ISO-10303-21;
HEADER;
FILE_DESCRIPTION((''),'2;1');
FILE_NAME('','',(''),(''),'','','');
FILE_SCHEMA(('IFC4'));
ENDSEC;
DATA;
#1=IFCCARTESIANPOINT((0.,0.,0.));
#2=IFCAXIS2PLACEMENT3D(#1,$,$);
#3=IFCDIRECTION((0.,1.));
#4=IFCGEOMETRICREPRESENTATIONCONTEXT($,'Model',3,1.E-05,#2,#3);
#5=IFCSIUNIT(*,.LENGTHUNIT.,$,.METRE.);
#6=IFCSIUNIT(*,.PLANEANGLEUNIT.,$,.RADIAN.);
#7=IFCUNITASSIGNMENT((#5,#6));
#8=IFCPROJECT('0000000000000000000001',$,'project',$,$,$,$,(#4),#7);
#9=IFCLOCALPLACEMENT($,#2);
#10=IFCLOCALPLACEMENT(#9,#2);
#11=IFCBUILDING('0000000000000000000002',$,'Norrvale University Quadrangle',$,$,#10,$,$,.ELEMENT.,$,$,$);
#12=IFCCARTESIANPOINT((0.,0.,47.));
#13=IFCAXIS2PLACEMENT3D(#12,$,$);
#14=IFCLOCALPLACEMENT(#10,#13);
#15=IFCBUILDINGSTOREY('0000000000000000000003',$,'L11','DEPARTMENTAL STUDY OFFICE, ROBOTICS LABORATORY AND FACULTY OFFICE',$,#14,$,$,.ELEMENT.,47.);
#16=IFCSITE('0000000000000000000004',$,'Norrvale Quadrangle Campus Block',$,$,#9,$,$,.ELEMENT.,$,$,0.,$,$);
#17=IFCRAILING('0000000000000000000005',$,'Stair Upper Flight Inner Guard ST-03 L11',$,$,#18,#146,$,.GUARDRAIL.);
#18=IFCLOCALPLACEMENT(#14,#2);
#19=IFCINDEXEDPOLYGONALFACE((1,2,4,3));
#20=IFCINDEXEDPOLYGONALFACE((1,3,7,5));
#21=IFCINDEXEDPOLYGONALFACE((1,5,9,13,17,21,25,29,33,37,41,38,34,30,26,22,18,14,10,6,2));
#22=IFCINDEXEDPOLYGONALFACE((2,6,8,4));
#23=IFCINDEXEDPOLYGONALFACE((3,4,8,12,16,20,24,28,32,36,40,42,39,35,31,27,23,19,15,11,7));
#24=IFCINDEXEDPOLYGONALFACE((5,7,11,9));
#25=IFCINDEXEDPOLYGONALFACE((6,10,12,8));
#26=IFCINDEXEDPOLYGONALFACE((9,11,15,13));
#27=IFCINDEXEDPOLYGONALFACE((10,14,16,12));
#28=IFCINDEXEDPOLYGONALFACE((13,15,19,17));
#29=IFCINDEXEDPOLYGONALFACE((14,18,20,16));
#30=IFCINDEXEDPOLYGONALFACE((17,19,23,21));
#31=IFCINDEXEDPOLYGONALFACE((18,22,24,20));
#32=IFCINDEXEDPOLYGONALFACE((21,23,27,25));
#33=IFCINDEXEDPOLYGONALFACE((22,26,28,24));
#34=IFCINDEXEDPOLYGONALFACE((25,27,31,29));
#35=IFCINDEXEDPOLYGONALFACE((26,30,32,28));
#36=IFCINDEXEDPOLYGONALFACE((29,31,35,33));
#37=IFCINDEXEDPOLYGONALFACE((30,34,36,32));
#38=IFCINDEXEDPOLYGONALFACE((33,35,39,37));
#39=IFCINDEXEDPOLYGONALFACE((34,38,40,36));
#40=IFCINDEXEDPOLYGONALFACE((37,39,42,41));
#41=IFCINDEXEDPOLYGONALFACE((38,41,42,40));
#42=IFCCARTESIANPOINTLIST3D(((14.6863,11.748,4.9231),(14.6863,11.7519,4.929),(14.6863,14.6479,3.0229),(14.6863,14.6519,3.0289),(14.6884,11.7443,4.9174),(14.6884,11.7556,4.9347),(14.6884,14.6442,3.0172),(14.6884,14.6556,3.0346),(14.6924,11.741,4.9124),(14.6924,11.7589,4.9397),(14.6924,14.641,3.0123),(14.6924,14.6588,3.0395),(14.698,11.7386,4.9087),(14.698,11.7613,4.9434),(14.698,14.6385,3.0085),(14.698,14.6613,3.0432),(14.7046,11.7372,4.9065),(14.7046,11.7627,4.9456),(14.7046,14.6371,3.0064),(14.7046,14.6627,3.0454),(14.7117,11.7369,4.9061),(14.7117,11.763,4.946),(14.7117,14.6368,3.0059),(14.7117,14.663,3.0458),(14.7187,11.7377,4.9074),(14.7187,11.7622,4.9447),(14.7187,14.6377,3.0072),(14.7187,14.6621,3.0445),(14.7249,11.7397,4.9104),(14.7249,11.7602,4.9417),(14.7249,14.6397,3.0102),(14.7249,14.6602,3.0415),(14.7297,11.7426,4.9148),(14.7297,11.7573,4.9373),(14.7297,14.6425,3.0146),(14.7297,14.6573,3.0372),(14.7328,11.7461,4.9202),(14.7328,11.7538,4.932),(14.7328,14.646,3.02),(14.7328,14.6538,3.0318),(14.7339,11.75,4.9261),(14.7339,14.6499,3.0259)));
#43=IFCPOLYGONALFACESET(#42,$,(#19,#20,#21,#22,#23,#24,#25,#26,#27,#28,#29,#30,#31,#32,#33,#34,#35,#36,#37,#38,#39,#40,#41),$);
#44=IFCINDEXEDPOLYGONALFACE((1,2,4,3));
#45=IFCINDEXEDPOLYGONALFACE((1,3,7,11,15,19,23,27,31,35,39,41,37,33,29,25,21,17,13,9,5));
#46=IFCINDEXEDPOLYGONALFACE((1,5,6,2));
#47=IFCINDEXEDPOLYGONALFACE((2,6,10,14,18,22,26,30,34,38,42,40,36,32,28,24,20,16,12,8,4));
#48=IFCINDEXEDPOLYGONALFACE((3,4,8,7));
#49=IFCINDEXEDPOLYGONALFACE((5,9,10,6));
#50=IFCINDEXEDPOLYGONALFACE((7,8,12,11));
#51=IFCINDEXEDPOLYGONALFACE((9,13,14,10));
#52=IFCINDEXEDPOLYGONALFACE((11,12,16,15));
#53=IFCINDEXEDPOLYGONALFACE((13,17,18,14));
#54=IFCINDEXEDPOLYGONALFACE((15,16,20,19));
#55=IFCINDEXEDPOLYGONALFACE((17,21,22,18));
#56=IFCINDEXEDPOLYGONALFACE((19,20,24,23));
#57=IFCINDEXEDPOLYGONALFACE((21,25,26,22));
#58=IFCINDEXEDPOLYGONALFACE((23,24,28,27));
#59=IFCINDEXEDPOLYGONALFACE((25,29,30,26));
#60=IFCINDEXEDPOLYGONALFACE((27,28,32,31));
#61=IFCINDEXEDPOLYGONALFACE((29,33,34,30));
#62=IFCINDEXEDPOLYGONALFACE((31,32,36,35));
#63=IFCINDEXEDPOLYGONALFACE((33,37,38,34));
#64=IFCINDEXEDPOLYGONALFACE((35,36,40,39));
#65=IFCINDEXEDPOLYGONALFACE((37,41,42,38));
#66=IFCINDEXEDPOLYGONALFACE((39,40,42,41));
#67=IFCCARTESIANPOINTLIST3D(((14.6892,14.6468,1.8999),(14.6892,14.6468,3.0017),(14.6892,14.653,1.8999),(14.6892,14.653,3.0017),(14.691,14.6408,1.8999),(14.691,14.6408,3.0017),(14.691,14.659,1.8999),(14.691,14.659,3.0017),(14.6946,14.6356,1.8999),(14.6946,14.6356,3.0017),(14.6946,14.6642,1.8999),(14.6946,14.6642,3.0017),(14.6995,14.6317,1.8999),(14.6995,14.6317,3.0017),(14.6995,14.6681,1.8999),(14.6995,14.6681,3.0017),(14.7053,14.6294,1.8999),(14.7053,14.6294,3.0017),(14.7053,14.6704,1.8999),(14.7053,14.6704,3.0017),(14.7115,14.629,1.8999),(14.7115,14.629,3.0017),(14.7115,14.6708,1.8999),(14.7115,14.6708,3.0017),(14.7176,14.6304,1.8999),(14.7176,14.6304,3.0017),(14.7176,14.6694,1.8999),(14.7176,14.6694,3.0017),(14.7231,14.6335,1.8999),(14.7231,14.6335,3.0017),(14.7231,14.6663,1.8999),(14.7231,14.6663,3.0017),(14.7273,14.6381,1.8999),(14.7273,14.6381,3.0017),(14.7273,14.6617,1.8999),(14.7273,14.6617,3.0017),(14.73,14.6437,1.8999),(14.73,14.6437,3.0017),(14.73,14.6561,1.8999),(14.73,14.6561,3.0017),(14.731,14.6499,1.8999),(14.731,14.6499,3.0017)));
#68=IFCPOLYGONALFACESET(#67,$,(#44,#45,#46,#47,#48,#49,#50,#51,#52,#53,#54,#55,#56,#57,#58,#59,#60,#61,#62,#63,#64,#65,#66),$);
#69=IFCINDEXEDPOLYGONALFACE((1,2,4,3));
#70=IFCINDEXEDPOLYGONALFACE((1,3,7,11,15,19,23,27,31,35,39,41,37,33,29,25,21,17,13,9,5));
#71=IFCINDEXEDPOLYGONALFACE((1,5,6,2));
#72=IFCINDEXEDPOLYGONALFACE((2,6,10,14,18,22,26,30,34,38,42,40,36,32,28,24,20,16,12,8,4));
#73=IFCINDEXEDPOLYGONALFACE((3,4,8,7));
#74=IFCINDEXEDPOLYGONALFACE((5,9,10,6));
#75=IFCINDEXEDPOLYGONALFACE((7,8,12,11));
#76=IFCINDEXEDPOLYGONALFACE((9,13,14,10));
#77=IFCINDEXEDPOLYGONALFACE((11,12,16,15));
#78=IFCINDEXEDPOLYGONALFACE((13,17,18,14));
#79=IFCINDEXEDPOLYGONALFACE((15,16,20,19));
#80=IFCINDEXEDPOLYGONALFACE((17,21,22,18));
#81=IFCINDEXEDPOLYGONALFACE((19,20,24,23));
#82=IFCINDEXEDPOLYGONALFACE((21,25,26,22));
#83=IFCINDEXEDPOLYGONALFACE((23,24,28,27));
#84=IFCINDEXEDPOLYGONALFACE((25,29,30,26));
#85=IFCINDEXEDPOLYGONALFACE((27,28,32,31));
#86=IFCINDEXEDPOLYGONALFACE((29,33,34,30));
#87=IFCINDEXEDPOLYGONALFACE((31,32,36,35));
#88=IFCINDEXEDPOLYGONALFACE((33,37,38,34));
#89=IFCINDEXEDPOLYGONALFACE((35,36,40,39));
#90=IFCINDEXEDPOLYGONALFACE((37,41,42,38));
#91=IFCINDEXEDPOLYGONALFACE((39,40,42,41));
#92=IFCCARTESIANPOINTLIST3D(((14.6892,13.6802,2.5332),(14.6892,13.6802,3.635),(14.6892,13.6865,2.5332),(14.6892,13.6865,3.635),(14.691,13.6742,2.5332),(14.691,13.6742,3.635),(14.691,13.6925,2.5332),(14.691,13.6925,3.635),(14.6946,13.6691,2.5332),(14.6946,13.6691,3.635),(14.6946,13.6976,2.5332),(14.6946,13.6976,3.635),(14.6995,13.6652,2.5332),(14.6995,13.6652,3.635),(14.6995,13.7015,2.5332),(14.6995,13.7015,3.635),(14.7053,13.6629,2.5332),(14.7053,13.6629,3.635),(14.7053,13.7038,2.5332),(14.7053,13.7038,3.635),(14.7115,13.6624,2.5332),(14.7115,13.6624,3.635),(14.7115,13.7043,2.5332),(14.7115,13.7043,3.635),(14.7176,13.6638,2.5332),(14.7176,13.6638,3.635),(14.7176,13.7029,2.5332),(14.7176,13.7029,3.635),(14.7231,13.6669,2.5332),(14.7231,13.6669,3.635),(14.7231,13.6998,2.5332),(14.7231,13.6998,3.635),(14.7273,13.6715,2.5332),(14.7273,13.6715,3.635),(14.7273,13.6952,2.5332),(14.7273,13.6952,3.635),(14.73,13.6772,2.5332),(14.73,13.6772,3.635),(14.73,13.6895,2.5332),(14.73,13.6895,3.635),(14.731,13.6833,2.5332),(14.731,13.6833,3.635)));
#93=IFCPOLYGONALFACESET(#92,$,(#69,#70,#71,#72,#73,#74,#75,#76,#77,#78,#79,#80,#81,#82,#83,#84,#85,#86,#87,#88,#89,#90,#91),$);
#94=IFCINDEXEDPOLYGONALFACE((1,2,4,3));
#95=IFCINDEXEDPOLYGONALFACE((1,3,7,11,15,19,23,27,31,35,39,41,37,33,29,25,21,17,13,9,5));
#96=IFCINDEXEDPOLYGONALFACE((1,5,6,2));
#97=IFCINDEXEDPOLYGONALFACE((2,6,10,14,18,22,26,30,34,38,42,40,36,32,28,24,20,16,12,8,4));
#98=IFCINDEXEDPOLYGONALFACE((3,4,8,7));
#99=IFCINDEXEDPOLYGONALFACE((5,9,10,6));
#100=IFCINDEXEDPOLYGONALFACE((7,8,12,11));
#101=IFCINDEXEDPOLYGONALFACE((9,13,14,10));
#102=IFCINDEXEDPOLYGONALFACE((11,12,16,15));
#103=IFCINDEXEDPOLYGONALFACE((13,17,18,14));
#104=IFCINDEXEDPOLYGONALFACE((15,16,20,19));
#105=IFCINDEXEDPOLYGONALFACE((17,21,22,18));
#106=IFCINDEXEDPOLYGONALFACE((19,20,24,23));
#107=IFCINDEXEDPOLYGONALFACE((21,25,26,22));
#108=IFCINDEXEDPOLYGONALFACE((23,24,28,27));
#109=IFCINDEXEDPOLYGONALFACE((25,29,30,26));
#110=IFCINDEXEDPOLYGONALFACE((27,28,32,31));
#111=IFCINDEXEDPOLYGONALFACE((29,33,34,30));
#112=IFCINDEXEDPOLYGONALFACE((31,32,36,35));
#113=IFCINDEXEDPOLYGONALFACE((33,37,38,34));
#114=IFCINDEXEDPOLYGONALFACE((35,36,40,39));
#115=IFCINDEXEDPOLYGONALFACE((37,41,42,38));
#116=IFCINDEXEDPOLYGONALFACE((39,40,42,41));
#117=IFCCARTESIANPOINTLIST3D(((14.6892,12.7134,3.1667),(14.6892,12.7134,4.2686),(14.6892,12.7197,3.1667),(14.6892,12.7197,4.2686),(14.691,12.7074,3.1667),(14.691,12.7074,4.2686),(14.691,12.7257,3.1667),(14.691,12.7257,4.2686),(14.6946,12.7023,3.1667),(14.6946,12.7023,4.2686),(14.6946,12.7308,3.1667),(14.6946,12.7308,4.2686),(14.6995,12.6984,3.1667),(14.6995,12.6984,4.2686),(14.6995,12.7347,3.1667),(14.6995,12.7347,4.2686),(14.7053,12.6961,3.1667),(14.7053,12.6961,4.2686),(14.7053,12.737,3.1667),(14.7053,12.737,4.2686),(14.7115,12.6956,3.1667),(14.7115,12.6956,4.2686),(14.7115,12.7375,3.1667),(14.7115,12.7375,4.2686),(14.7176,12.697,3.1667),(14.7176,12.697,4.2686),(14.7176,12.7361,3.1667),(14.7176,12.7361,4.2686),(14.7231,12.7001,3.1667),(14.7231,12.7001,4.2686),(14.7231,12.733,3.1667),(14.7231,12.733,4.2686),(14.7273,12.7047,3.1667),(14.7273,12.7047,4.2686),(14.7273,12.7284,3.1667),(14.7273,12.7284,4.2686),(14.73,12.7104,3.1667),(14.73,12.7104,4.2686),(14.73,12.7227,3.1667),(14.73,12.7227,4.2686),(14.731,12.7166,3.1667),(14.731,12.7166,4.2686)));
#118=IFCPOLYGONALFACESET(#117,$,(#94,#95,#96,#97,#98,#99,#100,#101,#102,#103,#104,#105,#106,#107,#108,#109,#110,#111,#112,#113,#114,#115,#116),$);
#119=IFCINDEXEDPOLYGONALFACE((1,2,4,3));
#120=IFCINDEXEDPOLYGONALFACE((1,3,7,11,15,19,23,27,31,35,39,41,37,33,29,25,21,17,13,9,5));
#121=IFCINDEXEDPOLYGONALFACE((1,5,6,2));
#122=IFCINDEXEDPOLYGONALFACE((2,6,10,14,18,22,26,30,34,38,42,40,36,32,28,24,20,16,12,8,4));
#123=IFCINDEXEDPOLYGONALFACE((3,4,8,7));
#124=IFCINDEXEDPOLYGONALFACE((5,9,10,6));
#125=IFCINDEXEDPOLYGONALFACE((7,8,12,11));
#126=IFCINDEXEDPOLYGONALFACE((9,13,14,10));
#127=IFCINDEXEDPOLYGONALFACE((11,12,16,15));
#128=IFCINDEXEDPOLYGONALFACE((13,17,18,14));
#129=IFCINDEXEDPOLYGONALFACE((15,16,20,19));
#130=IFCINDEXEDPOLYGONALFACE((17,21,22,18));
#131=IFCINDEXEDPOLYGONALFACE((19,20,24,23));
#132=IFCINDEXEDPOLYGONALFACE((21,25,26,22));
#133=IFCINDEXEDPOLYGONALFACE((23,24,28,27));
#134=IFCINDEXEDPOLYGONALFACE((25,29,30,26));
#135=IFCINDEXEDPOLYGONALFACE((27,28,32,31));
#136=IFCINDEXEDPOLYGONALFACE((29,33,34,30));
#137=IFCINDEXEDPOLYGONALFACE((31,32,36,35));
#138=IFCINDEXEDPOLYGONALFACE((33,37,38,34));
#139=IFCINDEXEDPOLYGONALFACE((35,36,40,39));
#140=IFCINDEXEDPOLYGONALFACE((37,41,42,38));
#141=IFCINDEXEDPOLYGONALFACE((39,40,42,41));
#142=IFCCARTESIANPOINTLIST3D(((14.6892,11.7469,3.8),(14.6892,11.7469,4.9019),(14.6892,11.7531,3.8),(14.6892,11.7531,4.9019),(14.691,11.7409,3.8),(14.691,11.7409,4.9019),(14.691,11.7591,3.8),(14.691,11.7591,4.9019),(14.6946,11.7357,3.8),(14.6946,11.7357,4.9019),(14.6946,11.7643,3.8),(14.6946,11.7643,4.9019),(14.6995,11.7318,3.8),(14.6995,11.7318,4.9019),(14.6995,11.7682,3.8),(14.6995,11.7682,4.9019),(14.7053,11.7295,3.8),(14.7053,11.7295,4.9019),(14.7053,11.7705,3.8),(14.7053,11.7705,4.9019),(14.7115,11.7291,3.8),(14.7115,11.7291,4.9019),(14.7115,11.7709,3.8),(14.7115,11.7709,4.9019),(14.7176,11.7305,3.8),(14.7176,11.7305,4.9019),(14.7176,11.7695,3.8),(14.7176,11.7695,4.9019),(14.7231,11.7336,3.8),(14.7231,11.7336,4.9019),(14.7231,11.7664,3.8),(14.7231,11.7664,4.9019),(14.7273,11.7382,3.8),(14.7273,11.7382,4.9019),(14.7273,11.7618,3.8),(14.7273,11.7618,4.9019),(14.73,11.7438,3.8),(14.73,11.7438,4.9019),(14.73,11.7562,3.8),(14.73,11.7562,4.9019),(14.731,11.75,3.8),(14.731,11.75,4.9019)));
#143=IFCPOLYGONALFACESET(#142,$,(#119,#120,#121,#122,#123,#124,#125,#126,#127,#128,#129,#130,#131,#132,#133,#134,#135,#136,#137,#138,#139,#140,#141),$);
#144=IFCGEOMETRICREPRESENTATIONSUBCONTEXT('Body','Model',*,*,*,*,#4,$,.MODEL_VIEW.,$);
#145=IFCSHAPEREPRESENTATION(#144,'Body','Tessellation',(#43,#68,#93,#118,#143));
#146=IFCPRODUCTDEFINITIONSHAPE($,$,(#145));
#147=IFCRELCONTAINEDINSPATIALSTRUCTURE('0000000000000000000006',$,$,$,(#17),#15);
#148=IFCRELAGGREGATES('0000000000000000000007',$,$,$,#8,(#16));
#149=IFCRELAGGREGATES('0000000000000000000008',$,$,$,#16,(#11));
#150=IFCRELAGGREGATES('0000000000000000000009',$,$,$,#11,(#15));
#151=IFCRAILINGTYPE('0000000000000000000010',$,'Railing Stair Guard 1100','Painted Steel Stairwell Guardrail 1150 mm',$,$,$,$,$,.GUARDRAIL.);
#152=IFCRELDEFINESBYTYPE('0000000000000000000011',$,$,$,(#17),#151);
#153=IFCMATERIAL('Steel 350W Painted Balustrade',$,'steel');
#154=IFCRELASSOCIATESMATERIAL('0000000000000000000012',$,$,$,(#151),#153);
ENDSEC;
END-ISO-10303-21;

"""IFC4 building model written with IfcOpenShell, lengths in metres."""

from ifc_helpers import new_model, si_unit, direction, frame, origin, origin_2d, place, context, subcontext, project, spatial, circle, extrude, material, type_object, element, save


model = new_model("IFC4")

# Units and contexts
model_context = context("Model", 3, precision=1e-05, world=origin(), true_north=direction((0.0, 1.0)))
body_context = subcontext(model_context, "Body", "Model", "MODEL_VIEW")
ifc_project = project(units=[si_unit("LENGTHUNIT", "METRE"), si_unit("PLANEANGLEUNIT", "RADIAN")], contexts=[model_context])

# Site, building, storey
site_placement = place(None, origin())
site = spatial("IfcSite", under=ifc_project, at=site_placement, Name="Norrvale Quadrangle Campus Block", CompositionType="ELEMENT", RefElevation=0.0)
building_placement = place(site_placement, origin())
building = spatial("IfcBuilding", under=site, at=building_placement, Name="Norrvale University Quadrangle", CompositionType="ELEMENT")
storey_placement = place(building_placement, frame((0.0, 0.0, 47.0)))
storey = spatial("IfcBuildingStorey", under=building, at=storey_placement, Name="L11", Description="DEPARTMENTAL STUDY OFFICE, ROBOTICS LABORATORY AND FACULTY OFFICE", CompositionType="ELEMENT", Elevation=47.0)

# Railing
ifc_material_1 = material(Name="Steel 350W Painted Balustrade", Category="steel")
railing_type_1 = type_object("IfcRailingType", Name="Railing Stair Guard 1100", Description="Painted Steel Stairwell Guardrail 1150 mm", PredefinedType="GUARDRAIL", material=ifc_material_1)
railing_1_placement = place(storey_placement, frame((14.71, 14.6499, 1.8999)))
element("IfcRailing", 1, at=railing_1_placement, inside=storey, type_object=railing_type_1, Name="Stair Upper Flight Inner Guard ST-03 L11", PredefinedType="GUARDRAIL", context=body_context, shape_type="SweptSolid", body=[
    extrude(circle(Radius=0.0239, at=origin_2d()), frame((0.0, 0.0, 1.126), z_axis=(0.0, -0.836433, 0.548069), x_axis=(1.0, 0.0, 0.0)), (0.0, 0.0, 1.0), 3.467),
    extrude(circle(Radius=0.021, at=origin_2d()), origin(), (0.0, 0.0, 1.0), 1.1018),
    extrude(circle(Radius=0.021, at=origin_2d()), frame((0.0, -0.9666, 0.6333)), (0.0, 0.0, 1.0), 1.1018),
    extrude(circle(Radius=0.021, at=origin_2d()), frame((0.0, -1.9333, 1.2668)), (0.0, 0.0, 1.0), 1.1018),
    extrude(circle(Radius=0.021, at=origin_2d()), frame((0.0, -2.8999, 1.9001)), (0.0, 0.0, 1.0), 1.1018),
])

save(model, "model.ifc")
